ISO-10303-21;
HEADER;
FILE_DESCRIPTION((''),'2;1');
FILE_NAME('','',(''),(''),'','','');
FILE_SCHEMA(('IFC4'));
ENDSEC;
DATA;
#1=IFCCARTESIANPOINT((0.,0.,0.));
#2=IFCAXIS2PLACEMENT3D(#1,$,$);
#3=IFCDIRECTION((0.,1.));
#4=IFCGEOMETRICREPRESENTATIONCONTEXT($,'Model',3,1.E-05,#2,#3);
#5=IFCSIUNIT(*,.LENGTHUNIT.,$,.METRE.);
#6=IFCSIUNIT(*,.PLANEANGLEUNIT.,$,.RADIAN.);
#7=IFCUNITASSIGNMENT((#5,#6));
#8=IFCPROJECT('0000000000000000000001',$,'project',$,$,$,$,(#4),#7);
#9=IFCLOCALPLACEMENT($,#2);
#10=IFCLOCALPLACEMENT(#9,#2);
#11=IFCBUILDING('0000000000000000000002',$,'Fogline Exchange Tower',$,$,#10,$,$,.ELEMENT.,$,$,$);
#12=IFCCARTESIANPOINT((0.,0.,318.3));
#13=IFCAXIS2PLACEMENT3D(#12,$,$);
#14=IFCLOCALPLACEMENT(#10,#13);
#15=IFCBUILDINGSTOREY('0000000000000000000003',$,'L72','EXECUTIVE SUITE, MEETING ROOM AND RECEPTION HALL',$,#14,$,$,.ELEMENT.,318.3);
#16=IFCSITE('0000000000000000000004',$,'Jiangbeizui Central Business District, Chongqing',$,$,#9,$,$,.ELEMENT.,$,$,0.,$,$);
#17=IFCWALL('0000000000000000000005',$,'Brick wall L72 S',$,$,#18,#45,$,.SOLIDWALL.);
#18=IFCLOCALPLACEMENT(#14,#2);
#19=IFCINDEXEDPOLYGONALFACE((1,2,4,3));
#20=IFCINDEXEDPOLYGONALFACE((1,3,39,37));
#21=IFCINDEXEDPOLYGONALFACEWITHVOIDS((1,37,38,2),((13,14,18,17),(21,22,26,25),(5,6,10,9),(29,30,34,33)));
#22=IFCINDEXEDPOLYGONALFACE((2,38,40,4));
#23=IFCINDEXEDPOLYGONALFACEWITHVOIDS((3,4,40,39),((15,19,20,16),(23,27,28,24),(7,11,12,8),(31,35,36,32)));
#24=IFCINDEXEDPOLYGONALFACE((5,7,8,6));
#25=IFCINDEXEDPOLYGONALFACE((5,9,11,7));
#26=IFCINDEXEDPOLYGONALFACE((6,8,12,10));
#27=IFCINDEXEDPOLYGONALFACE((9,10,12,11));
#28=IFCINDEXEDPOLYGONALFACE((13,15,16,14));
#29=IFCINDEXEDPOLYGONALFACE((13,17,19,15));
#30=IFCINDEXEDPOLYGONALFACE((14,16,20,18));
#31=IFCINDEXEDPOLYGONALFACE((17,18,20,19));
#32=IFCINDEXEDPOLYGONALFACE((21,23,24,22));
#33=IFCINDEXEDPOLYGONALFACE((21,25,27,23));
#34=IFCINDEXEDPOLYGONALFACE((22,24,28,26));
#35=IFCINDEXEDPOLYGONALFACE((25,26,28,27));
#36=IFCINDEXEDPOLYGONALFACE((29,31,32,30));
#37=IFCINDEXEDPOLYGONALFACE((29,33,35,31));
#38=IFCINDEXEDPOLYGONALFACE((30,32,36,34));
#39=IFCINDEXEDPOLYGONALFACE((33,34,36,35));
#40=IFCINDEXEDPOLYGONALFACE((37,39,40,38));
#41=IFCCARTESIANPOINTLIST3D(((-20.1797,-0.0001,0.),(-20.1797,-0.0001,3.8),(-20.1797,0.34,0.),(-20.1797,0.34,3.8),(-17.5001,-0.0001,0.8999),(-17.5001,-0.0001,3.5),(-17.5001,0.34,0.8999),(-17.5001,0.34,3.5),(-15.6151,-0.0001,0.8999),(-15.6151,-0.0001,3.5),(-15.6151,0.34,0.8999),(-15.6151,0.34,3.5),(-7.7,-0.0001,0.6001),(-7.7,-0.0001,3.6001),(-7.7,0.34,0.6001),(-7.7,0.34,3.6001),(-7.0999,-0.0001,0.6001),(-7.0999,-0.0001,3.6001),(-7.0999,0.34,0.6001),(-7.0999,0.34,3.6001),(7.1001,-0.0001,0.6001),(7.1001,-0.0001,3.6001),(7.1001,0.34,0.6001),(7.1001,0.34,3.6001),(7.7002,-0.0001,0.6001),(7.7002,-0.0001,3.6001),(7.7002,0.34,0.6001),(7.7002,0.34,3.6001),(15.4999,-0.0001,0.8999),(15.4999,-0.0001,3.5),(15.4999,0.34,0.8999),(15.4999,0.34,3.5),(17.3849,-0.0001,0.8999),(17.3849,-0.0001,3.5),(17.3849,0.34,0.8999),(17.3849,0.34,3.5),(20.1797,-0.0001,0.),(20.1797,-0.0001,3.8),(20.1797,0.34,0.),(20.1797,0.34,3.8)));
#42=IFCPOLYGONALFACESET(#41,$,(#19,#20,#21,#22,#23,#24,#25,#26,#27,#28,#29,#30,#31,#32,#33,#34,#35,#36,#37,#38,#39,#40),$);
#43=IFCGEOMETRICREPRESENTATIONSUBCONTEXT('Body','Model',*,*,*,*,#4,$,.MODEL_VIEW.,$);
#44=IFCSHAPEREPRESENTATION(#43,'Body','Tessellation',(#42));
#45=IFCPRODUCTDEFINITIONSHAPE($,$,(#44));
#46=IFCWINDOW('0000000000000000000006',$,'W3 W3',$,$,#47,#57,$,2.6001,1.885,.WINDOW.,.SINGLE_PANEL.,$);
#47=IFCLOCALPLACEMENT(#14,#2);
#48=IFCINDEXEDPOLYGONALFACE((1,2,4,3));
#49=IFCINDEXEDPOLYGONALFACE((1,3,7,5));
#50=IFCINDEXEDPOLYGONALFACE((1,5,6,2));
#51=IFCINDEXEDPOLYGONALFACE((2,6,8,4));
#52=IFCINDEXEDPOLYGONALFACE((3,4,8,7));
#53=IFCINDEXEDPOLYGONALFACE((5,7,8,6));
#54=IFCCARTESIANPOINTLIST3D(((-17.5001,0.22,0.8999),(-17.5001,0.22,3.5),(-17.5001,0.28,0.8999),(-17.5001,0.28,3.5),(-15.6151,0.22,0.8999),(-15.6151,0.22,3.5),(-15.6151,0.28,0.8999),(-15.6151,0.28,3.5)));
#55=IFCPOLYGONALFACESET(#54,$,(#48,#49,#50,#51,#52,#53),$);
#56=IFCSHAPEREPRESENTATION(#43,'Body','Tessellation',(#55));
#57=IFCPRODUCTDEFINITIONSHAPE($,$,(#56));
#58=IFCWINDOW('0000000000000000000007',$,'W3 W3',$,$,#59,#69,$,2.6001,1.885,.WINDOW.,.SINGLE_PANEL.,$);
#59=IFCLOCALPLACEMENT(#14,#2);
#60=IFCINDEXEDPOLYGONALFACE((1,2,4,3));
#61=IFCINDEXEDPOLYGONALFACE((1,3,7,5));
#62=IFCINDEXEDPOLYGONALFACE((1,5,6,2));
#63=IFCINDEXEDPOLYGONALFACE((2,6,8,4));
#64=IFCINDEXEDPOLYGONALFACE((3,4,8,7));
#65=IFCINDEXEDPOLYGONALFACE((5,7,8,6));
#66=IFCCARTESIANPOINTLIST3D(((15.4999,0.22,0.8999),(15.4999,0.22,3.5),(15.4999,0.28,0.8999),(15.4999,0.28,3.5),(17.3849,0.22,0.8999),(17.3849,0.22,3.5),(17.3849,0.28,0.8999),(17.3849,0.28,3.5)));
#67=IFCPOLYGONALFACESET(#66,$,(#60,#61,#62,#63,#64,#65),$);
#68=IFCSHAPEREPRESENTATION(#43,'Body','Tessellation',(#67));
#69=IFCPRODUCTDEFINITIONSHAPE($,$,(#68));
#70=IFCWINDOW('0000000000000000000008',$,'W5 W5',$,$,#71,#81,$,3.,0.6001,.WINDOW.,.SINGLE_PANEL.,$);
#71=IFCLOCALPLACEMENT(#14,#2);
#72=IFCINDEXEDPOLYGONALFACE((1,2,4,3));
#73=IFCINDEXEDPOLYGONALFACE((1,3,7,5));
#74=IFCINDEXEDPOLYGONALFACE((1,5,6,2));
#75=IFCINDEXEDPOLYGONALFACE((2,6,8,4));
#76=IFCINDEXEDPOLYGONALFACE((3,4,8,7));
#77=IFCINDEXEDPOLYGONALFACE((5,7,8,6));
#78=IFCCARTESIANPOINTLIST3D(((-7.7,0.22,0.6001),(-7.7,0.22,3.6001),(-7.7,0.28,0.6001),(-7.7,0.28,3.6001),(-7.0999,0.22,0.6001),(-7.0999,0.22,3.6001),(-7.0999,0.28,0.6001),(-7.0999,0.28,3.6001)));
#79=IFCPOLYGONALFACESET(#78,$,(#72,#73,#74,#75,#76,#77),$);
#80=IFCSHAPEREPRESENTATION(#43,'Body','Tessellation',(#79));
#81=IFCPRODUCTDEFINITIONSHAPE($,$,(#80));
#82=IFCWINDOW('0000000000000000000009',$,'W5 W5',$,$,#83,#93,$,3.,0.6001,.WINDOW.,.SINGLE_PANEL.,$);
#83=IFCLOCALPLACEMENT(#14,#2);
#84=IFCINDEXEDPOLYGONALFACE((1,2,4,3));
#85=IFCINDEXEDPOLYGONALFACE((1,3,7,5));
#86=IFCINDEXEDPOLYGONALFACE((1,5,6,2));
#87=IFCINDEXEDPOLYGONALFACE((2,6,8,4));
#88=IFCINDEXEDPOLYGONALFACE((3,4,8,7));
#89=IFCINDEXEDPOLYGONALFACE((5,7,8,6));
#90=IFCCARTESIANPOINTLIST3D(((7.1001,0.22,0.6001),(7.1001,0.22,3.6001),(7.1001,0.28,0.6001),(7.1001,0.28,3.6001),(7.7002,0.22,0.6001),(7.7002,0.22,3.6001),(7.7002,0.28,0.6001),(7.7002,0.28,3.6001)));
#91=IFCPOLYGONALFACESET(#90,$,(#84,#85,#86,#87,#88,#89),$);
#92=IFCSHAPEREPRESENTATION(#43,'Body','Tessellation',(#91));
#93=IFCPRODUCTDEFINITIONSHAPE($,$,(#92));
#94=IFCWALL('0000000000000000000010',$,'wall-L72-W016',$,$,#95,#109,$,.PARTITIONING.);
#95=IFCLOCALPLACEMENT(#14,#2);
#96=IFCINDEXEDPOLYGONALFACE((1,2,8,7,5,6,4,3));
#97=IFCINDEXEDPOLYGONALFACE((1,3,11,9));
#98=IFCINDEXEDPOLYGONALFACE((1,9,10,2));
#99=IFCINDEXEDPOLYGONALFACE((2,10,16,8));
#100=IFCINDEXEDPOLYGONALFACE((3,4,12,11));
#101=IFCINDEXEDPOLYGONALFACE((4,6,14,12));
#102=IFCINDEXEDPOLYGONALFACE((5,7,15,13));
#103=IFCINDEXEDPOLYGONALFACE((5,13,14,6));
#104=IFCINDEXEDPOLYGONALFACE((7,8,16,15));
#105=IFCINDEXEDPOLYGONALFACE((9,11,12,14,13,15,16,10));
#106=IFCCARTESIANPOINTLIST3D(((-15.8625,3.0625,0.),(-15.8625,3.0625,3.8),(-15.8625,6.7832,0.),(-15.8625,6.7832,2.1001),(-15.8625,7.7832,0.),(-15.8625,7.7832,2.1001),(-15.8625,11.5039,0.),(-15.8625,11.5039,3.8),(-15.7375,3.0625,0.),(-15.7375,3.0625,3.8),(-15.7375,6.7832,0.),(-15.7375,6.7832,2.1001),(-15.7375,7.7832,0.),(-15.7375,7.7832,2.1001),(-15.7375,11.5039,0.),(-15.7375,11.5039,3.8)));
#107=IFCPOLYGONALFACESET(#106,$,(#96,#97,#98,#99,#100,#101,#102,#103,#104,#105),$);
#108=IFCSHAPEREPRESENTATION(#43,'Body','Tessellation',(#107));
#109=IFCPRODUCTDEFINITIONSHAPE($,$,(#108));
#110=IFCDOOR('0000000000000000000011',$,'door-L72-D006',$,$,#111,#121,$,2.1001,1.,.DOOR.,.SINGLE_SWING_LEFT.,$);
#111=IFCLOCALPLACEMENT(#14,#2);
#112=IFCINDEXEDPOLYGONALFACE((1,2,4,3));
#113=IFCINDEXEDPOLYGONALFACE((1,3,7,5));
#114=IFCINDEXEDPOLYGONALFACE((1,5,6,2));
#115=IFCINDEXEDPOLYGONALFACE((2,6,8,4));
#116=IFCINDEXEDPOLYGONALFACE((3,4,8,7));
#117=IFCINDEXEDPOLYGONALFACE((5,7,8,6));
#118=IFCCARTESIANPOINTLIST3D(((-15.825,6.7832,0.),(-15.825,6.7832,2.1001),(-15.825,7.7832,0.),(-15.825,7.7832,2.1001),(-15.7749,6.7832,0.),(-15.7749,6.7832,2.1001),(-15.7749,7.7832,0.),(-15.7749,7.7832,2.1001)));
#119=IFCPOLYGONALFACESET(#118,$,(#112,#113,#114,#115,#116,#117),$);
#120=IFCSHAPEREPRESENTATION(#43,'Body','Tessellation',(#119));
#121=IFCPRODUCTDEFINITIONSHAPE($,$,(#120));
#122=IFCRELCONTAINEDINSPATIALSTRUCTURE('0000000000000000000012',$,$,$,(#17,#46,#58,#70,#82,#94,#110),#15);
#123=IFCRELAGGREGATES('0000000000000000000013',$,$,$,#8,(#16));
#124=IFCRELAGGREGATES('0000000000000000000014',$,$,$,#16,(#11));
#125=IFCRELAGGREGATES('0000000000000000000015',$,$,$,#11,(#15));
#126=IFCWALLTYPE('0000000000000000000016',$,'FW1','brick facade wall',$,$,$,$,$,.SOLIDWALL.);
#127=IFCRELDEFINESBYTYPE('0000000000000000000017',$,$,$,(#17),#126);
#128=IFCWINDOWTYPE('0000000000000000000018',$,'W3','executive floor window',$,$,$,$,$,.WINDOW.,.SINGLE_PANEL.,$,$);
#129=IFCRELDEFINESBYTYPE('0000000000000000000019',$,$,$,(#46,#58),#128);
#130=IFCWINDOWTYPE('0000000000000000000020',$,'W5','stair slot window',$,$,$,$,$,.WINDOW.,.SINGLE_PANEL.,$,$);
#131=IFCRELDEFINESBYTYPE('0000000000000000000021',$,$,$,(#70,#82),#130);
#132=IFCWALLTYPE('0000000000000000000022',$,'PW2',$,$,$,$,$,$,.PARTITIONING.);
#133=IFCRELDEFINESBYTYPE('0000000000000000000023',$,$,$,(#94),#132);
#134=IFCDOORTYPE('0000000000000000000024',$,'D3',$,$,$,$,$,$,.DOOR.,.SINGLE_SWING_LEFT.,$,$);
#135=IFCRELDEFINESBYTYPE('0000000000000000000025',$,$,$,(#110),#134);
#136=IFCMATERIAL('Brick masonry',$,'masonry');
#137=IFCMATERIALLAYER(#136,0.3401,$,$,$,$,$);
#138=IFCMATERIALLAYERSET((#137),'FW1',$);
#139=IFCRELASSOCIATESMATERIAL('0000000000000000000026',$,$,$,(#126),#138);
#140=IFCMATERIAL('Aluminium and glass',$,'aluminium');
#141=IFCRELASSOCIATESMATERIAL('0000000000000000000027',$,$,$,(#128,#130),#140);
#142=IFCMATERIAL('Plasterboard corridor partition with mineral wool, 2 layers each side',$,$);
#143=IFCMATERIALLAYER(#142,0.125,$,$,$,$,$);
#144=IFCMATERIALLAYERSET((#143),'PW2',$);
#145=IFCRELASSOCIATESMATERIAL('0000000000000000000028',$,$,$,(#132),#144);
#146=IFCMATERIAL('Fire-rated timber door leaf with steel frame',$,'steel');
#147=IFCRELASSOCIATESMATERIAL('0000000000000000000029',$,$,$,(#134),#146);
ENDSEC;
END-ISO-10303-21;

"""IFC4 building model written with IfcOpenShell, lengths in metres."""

from ifc_helpers import new_model, si_unit, direction, frame, frame_2d, origin, place, context, subcontext, project, spatial, rectangle, extrude, material, layer, layer_set, type_object, element, fill, save


model = new_model("IFC4")

# Units and contexts
model_context = context("Model", 3, precision=1e-05, world=origin(), true_north=direction((0.0, 1.0)))
body_context = subcontext(model_context, "Body", "Model", "MODEL_VIEW")
ifc_project = project(units=[si_unit("LENGTHUNIT", "METRE"), si_unit("PLANEANGLEUNIT", "RADIAN")], contexts=[model_context])

# Site, building, storey
site_placement = place(None, origin())
site = spatial("IfcSite", under=ifc_project, at=site_placement, Name="Jiangbeizui Central Business District, Chongqing", CompositionType="ELEMENT", RefElevation=0.0)
building_placement = place(site_placement, origin())
building = spatial("IfcBuilding", under=site, at=building_placement, Name="Fogline Exchange Tower", CompositionType="ELEMENT")
storey_placement = place(building_placement, frame((0.0, 0.0, 318.3)))
storey = spatial("IfcBuildingStorey", under=building, at=storey_placement, Name="L72", Description="EXECUTIVE SUITE, MEETING ROOM AND RECEPTION HALL", CompositionType="ELEMENT", Elevation=318.3)

# Shared definitions
ifc_material_1 = material(Name="Brick masonry", Category="masonry")
ifc_layer_1 = layer(ifc_material_1, 0.3401)
ifc_layer_set_1 = layer_set([ifc_layer_1], Name="FW1")
wall_type_1 = type_object("IfcWallType", Name="FW1", Description="brick facade wall", PredefinedType="SOLIDWALL", material=ifc_layer_set_1)
ifc_material_2 = material(Name="Aluminium and glass", Category="aluminium")

# Wall, openings, windows
wall_1_placement = place(storey_placement, frame((-20.1797, 0.1699, 0.0), z_axis=(0.0, 0.0, 1.0), x_axis=(1.0, 0.0, 0.0)))
wall_1 = element("IfcWall", 1, at=wall_1_placement, inside=storey, type_object=wall_type_1, Name="Brick wall L72 S", PredefinedType="SOLIDWALL", context=body_context, shape_type="SweptSolid", body=[
    extrude(rectangle(XDim=40.3594, YDim=0.3401, at=frame_2d((20.1797, 0.0))), origin(), (0.0, 0.0, 1.0), 3.8),
])
opening_1_placement = place(wall_1_placement, frame((2.6797, 0.0, 0.8999)))
opening_1 = element("IfcOpeningElement", 2, at=opening_1_placement, cuts=wall_1, PredefinedType="OPENING", context=body_context, shape_type="SweptSolid", body=[
    extrude(rectangle(XDim=1.885, YDim=2.6001, at=frame_2d((0.9424, 1.3))), frame((0.0, 0.1802, 0.0), z_axis=(0.0, -1.0, 0.0), x_axis=(1.0, 0.0, 0.0)), (0.0, 0.0, 1.0), 0.3601),
])
opening_2_placement = place(wall_1_placement, frame((35.6797, 0.0, 0.8999)))
opening_2 = element("IfcOpeningElement", 3, at=opening_2_placement, cuts=wall_1, PredefinedType="OPENING", context=body_context, shape_type="SweptSolid", body=[
    extrude(rectangle(XDim=1.885, YDim=2.6001, at=frame_2d((0.9424, 1.3))), frame((0.0, 0.1802, 0.0), z_axis=(0.0, -1.0, 0.0), x_axis=(1.0, 0.0, 0.0)), (0.0, 0.0, 1.0), 0.3601),
])
opening_3_placement = place(wall_1_placement, frame((12.4797, 0.0, 0.6001)))
opening_3 = element("IfcOpeningElement", 4, at=opening_3_placement, cuts=wall_1, PredefinedType="OPENING", context=body_context, shape_type="SweptSolid", body=[
    extrude(rectangle(XDim=0.6001, YDim=3.0, at=frame_2d((0.3, 1.5))), frame((0.0, 0.1802, 0.0), z_axis=(0.0, -1.0, 0.0), x_axis=(1.0, 0.0, 0.0)), (0.0, 0.0, 1.0), 0.3601),
])
opening_4_placement = place(wall_1_placement, frame((27.2798, 0.0, 0.6001)))
opening_4 = element("IfcOpeningElement", 5, at=opening_4_placement, cuts=wall_1, PredefinedType="OPENING", context=body_context, shape_type="SweptSolid", body=[
    extrude(rectangle(XDim=0.6001, YDim=3.0, at=frame_2d((0.3, 1.5))), frame((0.0, 0.1802, 0.0), z_axis=(0.0, -1.0, 0.0), x_axis=(1.0, 0.0, 0.0)), (0.0, 0.0, 1.0), 0.3601),
])
window_type_1 = type_object("IfcWindowType", Name="W3", Description="executive floor window", PartitioningType="SINGLE_PANEL", PredefinedType="WINDOW", material=ifc_material_2)
window_1_placement = place(opening_1_placement, origin())
window_1 = element("IfcWindow", 6, at=window_1_placement, inside=storey, type_object=window_type_1, Name="W3 W3", OverallHeight=2.6001, OverallWidth=1.885, PartitioningType="SINGLE_PANEL", PredefinedType="WINDOW", context=body_context, shape_type="SweptSolid", body=[
    extrude(rectangle(XDim=1.885, YDim=2.6001, at=frame_2d((0.9424, 1.3))), frame((0.0, 0.1101, 0.0), z_axis=(0.0, -1.0, 0.0), x_axis=(1.0, 0.0, 0.0)), (0.0, 0.0, 1.0), 0.0601),
])
fill(opening_1, window_1)
window_2_placement = place(opening_2_placement, origin())
window_2 = element("IfcWindow", 7, at=window_2_placement, inside=storey, type_object=window_type_1, Name="W3 W3", OverallHeight=2.6001, OverallWidth=1.885, PartitioningType="SINGLE_PANEL", PredefinedType="WINDOW", context=body_context, shape_type="SweptSolid", body=[
    extrude(rectangle(XDim=1.885, YDim=2.6001, at=frame_2d((0.9424, 1.3))), frame((0.0, 0.1101, 0.0), z_axis=(0.0, -1.0, 0.0), x_axis=(1.0, 0.0, 0.0)), (0.0, 0.0, 1.0), 0.0601),
])
fill(opening_2, window_2)
window_type_2 = type_object("IfcWindowType", Name="W5", Description="stair slot window", PartitioningType="SINGLE_PANEL", PredefinedType="WINDOW", material=ifc_material_2)
window_3_placement = place(opening_3_placement, origin())
window_3 = element("IfcWindow", 8, at=window_3_placement, inside=storey, type_object=window_type_2, Name="W5 W5", OverallHeight=3.0, OverallWidth=0.6001, PartitioningType="SINGLE_PANEL", PredefinedType="WINDOW", context=body_context, shape_type="SweptSolid", body=[
    extrude(rectangle(XDim=0.6001, YDim=3.0, at=frame_2d((0.3, 1.5))), frame((0.0, 0.1101, 0.0), z_axis=(0.0, -1.0, 0.0), x_axis=(1.0, 0.0, 0.0)), (0.0, 0.0, 1.0), 0.0601),
])
fill(opening_3, window_3)
window_4_placement = place(opening_4_placement, origin())
window_4 = element("IfcWindow", 9, at=window_4_placement, inside=storey, type_object=window_type_2, Name="W5 W5", OverallHeight=3.0, OverallWidth=0.6001, PartitioningType="SINGLE_PANEL", PredefinedType="WINDOW", context=body_context, shape_type="SweptSolid", body=[
    extrude(rectangle(XDim=0.6001, YDim=3.0, at=frame_2d((0.3, 1.5))), frame((0.0, 0.1101, 0.0), z_axis=(0.0, -1.0, 0.0), x_axis=(1.0, 0.0, 0.0)), (0.0, 0.0, 1.0), 0.0601),
])
fill(opening_4, window_4)

# Wall, opening, door
ifc_material_3 = material(Name="Plasterboard corridor partition with mineral wool, 2 layers each side")
ifc_layer_2 = layer(ifc_material_3, 0.125)
ifc_layer_set_2 = layer_set([ifc_layer_2], Name="PW2")
wall_type_2 = type_object("IfcWallType", Name="PW2", PredefinedType="PARTITIONING", material=ifc_layer_set_2)
wall_2_placement = place(storey_placement, frame((-15.8, 3.0625, 0.0), z_axis=(0.0, 0.0, 1.0), x_axis=(0.0, 1.0, 0.0)))
wall_2 = element("IfcWall", 10, at=wall_2_placement, inside=storey, type_object=wall_type_2, Name="wall-L72-W016", PredefinedType="PARTITIONING", context=body_context, shape_type="SweptSolid", body=[
    extrude(rectangle(XDim=8.4414, YDim=0.125, at=frame_2d((4.2207, 0.0))), origin(), (0.0, 0.0, 1.0), 3.8),
])
opening_5_placement = place(wall_2_placement, frame((3.7207, 0.0, 0.0)))
opening_5 = element("IfcOpeningElement", 11, at=opening_5_placement, cuts=wall_2, PredefinedType="OPENING", context=body_context, shape_type="SweptSolid", body=[
    extrude(rectangle(XDim=1.0, YDim=2.1001, at=frame_2d((0.5, 1.05))), frame((0.0, 0.0725, 0.0), z_axis=(0.0, -1.0, 0.0), x_axis=(1.0, 0.0, 0.0)), (0.0, 0.0, 1.0), 0.145),
])
ifc_material_4 = material(Name="Fire-rated timber door leaf with steel frame", Category="steel")
door_type_1 = type_object("IfcDoorType", Name="D3", OperationType="SINGLE_SWING_LEFT", PredefinedType="DOOR", material=ifc_material_4)
door_1_placement = place(opening_5_placement, origin())
door_1 = element("IfcDoor", 12, at=door_1_placement, inside=storey, type_object=door_type_1, Name="door-L72-D006", OperationType="SINGLE_SWING_LEFT", OverallHeight=2.1001, OverallWidth=1.0, PredefinedType="DOOR", context=body_context, shape_type="SweptSolid", body=[
    extrude(rectangle(XDim=1.0, YDim=2.1001, at=frame_2d((0.5, 1.05))), frame((0.0, 0.0249, 0.0), z_axis=(0.0, -1.0, 0.0), x_axis=(1.0, 0.0, 0.0)), (0.0, 0.0, 1.0), 0.05),
])
fill(opening_5, door_1)

save(model, "model.ifc")
